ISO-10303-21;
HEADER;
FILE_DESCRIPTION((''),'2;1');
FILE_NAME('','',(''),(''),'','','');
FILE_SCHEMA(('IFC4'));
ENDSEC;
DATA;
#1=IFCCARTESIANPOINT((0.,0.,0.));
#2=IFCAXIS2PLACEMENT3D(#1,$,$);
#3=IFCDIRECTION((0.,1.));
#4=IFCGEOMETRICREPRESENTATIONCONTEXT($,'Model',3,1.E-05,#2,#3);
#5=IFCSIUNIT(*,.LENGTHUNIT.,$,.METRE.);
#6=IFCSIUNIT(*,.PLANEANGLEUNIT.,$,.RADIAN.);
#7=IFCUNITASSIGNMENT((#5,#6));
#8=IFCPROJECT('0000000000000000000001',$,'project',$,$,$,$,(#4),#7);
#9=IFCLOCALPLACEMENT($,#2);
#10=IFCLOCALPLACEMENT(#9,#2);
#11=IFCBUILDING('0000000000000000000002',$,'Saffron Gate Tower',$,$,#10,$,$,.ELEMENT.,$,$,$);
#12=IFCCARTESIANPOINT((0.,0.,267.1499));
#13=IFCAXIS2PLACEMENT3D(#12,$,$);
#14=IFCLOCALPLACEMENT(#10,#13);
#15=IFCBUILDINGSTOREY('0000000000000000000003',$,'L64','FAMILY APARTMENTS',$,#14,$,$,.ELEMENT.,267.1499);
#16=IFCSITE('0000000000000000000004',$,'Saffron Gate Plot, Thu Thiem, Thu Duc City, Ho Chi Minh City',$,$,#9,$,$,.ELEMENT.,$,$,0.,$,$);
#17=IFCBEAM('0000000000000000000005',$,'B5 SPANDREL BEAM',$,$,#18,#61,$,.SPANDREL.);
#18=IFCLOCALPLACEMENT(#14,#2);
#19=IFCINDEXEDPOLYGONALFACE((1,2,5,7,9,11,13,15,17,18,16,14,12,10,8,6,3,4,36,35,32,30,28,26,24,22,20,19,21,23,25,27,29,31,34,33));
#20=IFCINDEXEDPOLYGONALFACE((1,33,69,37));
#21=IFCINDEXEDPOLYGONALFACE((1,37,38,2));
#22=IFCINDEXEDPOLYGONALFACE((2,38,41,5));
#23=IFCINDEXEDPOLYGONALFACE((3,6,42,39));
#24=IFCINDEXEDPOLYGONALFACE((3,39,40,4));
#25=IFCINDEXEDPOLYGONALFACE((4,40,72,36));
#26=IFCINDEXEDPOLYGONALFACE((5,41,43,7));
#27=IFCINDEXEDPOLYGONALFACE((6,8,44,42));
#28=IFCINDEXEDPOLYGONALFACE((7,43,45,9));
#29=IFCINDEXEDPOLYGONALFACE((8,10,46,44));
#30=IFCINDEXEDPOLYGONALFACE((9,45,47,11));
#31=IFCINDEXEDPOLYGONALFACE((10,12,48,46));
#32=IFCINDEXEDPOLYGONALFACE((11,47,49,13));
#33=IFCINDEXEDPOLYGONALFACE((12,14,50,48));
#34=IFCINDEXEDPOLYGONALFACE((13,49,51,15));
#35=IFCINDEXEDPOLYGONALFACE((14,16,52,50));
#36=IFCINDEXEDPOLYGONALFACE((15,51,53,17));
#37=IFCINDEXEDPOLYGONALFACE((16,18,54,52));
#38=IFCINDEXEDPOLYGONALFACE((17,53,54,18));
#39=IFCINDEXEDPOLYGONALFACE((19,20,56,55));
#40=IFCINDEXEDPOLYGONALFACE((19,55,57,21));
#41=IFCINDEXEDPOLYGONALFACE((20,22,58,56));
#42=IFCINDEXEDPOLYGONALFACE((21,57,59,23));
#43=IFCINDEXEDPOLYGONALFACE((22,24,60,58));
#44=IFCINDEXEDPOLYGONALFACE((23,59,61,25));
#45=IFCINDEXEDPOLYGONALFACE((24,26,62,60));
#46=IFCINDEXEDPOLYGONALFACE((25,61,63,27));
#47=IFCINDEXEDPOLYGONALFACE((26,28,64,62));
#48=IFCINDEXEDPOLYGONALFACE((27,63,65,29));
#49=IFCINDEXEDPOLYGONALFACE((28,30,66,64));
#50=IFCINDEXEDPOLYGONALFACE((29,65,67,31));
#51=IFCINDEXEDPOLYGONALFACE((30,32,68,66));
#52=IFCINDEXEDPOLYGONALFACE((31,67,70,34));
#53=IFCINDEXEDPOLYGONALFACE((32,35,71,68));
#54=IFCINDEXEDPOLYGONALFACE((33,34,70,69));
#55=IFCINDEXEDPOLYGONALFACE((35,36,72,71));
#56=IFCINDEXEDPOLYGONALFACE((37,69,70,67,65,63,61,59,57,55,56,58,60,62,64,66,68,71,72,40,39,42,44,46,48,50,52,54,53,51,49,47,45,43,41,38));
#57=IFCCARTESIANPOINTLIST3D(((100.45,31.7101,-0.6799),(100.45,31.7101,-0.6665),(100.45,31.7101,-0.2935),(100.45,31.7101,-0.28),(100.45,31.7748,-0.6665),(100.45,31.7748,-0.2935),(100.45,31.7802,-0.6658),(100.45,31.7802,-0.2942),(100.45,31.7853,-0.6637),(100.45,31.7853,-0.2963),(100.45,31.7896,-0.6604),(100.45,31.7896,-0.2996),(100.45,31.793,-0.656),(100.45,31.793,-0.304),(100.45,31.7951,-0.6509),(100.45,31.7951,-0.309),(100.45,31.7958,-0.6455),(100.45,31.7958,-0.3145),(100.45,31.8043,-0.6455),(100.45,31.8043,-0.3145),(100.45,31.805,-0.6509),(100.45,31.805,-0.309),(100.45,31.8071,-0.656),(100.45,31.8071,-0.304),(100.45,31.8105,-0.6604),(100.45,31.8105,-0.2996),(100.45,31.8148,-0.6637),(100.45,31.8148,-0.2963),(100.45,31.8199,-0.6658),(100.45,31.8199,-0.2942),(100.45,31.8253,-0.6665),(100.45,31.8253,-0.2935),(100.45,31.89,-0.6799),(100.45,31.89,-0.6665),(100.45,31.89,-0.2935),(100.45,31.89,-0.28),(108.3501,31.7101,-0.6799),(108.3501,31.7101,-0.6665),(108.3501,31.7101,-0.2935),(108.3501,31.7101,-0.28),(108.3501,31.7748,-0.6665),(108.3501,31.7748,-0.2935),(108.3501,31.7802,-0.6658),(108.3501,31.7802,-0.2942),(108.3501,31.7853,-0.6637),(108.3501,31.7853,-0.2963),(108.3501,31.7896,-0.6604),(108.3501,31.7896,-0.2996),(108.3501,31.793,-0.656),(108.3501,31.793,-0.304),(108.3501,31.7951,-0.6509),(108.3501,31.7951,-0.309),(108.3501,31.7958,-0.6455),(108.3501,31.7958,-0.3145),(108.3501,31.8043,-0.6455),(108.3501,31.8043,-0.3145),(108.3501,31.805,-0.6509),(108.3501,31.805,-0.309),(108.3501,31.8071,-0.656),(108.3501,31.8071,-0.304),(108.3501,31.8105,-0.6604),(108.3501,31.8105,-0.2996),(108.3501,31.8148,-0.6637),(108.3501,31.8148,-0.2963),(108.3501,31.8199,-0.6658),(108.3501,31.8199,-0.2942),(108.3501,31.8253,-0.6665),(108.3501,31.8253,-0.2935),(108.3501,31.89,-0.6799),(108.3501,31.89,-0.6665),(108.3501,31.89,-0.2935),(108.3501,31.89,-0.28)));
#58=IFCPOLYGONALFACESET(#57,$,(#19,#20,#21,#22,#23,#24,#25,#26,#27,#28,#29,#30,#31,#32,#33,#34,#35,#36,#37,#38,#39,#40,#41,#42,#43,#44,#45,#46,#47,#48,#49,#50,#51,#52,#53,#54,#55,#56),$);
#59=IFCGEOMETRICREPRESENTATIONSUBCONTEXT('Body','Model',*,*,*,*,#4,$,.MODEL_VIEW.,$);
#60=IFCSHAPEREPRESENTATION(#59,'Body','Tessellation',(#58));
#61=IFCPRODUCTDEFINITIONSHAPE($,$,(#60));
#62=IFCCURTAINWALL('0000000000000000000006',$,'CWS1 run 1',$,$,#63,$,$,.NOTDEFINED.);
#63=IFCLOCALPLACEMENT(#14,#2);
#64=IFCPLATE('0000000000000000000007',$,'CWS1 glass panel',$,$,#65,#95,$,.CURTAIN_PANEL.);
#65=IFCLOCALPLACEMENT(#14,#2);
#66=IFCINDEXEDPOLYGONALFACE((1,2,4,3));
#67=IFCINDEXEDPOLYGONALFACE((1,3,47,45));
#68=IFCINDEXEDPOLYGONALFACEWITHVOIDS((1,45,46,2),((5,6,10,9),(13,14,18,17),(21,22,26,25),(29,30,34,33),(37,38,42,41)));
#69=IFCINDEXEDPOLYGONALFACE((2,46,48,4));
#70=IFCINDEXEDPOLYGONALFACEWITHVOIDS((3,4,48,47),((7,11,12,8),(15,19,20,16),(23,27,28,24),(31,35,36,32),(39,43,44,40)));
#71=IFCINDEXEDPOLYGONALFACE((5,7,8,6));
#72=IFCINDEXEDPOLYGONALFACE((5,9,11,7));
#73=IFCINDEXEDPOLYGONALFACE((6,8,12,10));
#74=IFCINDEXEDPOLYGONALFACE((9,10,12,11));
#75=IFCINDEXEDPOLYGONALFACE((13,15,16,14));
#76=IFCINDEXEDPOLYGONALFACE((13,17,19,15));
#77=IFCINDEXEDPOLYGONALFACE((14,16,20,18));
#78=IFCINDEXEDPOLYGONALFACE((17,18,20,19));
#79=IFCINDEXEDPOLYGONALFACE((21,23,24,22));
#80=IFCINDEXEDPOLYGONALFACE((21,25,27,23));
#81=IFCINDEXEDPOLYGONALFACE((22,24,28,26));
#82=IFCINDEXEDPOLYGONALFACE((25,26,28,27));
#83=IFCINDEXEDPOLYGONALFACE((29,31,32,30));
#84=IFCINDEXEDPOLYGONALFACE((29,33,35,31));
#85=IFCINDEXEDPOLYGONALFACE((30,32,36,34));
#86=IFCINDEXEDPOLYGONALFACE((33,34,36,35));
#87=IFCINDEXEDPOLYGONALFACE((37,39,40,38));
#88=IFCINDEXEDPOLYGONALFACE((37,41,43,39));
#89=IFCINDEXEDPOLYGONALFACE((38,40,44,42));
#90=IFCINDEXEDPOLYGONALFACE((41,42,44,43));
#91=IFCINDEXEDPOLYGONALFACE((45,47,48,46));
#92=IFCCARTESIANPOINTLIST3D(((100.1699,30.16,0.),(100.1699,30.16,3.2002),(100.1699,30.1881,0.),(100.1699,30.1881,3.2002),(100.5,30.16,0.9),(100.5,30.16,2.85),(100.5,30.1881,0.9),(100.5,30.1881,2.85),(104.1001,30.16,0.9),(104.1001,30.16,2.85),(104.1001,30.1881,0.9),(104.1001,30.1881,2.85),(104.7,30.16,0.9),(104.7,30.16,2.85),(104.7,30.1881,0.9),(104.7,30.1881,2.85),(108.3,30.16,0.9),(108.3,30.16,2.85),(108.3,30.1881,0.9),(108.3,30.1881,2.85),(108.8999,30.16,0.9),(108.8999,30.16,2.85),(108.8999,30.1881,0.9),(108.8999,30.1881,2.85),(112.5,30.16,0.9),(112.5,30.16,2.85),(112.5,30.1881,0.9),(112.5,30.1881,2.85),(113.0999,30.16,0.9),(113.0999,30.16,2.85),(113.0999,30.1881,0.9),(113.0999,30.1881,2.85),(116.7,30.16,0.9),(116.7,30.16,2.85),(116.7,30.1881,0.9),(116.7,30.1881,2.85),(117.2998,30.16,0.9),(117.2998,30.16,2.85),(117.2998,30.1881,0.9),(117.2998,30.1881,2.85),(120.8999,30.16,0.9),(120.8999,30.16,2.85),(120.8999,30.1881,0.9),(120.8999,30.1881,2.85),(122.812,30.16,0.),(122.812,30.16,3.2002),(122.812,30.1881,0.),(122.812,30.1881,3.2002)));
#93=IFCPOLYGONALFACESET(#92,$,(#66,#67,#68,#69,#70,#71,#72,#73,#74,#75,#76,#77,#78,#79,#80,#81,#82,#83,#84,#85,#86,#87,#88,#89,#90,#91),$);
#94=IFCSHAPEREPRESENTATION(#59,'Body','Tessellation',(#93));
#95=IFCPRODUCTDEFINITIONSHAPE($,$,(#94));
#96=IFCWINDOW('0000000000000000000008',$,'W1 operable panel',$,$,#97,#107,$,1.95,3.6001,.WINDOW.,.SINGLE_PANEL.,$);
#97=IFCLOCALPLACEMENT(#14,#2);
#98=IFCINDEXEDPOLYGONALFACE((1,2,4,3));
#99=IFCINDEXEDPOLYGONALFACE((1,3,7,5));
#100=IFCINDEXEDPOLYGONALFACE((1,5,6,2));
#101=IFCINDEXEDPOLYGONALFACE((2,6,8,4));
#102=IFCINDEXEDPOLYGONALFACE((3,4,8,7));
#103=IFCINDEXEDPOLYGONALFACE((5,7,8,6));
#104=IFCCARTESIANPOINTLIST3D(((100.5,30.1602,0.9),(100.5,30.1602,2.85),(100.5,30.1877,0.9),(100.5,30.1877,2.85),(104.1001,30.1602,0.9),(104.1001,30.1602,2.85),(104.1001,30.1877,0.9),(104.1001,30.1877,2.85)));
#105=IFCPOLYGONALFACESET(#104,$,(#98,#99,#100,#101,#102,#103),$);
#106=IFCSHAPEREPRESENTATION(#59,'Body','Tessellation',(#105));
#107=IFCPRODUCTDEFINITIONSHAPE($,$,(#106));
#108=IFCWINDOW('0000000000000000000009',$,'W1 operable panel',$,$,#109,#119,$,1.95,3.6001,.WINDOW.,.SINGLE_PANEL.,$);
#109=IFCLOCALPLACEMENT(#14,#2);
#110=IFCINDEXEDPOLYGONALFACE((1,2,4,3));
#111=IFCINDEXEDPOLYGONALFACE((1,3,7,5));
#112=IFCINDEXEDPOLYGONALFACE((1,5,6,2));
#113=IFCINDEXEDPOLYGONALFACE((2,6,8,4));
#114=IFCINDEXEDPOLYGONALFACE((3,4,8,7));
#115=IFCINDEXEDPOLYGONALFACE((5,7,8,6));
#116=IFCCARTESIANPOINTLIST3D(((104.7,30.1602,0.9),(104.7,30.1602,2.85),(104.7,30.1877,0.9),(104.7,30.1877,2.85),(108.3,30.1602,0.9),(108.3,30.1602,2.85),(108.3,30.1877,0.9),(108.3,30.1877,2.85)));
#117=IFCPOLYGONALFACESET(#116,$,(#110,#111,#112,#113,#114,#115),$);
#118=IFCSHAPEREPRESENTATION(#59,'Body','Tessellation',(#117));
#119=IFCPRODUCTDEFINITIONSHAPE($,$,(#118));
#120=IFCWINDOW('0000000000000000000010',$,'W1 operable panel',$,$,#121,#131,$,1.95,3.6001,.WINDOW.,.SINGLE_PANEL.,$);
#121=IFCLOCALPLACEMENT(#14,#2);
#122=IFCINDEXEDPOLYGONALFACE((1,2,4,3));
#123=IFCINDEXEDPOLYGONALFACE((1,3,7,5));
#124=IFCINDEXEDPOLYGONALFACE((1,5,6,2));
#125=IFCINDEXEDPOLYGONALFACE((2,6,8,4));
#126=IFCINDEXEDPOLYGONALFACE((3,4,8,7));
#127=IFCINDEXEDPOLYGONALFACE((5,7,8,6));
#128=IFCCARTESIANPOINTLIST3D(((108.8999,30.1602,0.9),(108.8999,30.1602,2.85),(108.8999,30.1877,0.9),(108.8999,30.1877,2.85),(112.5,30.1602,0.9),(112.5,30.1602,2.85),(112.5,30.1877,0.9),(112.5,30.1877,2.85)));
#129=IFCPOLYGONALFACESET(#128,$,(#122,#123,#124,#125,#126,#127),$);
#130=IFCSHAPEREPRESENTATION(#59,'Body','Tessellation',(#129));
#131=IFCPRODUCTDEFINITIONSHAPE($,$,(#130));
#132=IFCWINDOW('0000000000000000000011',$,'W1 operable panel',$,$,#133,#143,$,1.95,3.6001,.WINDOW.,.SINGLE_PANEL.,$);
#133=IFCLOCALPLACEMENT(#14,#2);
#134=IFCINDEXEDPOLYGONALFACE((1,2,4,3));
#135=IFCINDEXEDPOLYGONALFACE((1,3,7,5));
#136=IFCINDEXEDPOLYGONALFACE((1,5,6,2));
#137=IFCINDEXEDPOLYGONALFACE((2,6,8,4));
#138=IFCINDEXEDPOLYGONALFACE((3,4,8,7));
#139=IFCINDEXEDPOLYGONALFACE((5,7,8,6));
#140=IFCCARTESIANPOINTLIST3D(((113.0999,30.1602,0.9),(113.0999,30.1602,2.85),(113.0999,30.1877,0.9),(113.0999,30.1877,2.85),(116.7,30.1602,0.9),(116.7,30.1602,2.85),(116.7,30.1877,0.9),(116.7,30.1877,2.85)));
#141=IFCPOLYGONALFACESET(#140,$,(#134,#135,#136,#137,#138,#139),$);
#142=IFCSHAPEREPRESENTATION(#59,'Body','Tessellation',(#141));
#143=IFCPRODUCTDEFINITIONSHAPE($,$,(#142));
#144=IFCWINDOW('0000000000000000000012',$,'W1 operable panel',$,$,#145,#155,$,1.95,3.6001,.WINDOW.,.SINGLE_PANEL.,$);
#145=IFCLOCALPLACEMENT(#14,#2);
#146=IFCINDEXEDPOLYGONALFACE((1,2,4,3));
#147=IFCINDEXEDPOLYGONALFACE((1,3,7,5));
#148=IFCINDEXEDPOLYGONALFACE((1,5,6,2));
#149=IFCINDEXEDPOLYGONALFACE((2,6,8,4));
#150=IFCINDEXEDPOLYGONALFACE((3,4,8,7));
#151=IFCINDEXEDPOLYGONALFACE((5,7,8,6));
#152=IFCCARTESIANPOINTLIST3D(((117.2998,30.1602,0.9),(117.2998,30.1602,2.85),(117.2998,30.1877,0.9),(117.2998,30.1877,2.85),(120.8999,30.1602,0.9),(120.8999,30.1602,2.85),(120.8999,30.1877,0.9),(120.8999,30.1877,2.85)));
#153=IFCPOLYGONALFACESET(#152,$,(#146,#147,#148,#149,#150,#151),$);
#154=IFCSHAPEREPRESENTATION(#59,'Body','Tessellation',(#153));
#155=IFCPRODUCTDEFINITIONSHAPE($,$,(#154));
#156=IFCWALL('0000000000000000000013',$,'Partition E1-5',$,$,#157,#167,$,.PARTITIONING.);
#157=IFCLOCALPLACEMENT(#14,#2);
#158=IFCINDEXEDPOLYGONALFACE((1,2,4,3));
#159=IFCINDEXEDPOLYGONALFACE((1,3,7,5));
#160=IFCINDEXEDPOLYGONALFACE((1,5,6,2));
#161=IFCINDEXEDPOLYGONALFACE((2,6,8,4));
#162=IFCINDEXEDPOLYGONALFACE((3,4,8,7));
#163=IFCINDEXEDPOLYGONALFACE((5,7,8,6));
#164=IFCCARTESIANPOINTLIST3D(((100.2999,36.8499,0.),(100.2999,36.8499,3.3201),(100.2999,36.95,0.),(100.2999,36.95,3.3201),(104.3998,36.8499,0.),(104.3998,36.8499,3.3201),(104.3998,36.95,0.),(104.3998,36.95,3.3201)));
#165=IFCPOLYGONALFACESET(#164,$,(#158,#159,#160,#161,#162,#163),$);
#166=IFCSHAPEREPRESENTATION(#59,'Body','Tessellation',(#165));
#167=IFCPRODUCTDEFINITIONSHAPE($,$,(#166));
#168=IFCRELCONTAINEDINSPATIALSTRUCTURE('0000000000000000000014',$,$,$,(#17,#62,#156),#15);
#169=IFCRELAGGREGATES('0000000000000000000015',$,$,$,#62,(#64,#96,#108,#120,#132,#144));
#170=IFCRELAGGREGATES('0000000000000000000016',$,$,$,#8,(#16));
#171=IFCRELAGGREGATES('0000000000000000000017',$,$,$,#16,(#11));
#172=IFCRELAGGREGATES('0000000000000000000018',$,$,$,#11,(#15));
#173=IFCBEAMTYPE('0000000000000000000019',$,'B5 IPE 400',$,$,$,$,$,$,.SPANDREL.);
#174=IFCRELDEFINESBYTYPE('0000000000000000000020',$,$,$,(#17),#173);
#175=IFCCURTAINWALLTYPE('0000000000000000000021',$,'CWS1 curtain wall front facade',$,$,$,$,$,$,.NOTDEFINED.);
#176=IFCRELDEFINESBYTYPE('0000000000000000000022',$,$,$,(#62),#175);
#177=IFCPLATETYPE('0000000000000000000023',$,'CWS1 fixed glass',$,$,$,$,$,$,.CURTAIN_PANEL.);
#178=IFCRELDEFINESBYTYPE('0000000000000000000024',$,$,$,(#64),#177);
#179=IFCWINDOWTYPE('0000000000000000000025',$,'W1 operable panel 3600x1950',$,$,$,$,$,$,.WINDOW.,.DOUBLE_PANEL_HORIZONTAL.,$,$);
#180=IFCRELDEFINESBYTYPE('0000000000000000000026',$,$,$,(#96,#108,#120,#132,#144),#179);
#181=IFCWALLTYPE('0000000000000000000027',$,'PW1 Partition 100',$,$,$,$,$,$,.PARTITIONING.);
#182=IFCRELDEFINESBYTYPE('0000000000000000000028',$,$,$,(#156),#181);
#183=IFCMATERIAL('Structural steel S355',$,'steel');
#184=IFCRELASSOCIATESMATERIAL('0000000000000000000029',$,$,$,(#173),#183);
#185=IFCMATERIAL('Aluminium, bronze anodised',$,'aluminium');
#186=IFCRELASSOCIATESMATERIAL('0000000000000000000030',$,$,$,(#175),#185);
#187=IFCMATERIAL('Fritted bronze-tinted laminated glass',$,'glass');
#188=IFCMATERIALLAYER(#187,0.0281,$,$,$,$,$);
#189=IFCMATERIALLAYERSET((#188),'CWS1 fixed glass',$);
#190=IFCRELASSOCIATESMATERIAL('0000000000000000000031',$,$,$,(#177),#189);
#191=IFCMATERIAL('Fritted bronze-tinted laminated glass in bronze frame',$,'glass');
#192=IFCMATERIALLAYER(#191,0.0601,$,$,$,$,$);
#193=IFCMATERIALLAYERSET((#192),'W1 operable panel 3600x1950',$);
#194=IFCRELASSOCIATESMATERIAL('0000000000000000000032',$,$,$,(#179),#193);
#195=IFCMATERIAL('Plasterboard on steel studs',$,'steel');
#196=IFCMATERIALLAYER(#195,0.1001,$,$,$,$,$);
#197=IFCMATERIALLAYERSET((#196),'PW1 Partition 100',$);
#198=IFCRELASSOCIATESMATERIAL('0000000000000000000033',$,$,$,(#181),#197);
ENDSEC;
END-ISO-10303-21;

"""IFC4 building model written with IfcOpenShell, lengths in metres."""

from ifc_helpers import new_model, si_unit, direction, frame, frame_2d, origin, origin_2d, place, context, subcontext, project, spatial, rectangle, i_section, extrude, material, layer, layer_set, material_profile, profile_set, type_object, element, fill, aggregate, save


model = new_model("IFC4")

# Units and contexts
model_context = context("Model", 3, precision=1e-05, world=origin(), true_north=direction((0.0, 1.0)))
body_context = subcontext(model_context, "Body", "Model", "MODEL_VIEW")
ifc_project = project(units=[si_unit("LENGTHUNIT", "METRE"), si_unit("PLANEANGLEUNIT", "RADIAN")], contexts=[model_context])

# Site, building, storey
site_placement = place(None, origin())
site = spatial("IfcSite", under=ifc_project, at=site_placement, Name="Saffron Gate Plot, Thu Thiem, Thu Duc City, Ho Chi Minh City", CompositionType="ELEMENT", RefElevation=0.0)
building_placement = place(site_placement, origin())
building = spatial("IfcBuilding", under=site, at=building_placement, Name="Saffron Gate Tower", CompositionType="ELEMENT")
storey_placement = place(building_placement, frame((0.0, 0.0, 267.1499)))
storey = spatial("IfcBuildingStorey", under=building, at=storey_placement, Name="L64", Description="FAMILY APARTMENTS", CompositionType="ELEMENT", Elevation=267.1499)

# Beam
ifc_material_1 = material(Name="Structural steel S355", Category="steel")
ifc_material_profile_1 = material_profile(ifc_material_1, i_section(OverallWidth=0.1799, OverallDepth=0.3999, WebThickness=0.0085, FlangeThickness=0.0134, FilletRadius=0.021, at=origin_2d()))
ifc_profile_set_1 = profile_set([ifc_material_profile_1], Name="Structural steel S355")
beam_type_1 = type_object("IfcBeamType", Name="B5 IPE 400", PredefinedType="SPANDREL", material=ifc_profile_set_1)
beam_1_placement = place(storey_placement, frame((100.45, 31.8, -0.48), z_axis=(1.0, 0.0, 0.0), x_axis=(0.0, 1.0, 0.0)))
element("IfcBeam", 1, at=beam_1_placement, inside=storey, type_object=beam_type_1, Name="B5 SPANDREL BEAM", PredefinedType="SPANDREL", context=body_context, shape_type="SweptSolid", body=[
    extrude(i_section(OverallWidth=0.1799, OverallDepth=0.3999, WebThickness=0.0085, FlangeThickness=0.0134, FilletRadius=0.021, at=origin_2d()), origin(), (0.0, 0.0, 1.0), 7.9001),
])

# Curtain wall, plate, openings, windows
ifc_material_2 = material(Name="Aluminium, bronze anodised", Category="aluminium")
curtain_wall_type = type_object("IfcCurtainWallType", Name="CWS1 curtain wall front facade", PredefinedType="NOTDEFINED", material=ifc_material_2)
curtain_wall_placement = place(storey_placement, origin())
curtain_wall = element("IfcCurtainWall", 2, at=curtain_wall_placement, inside=storey, type_object=curtain_wall_type, Name="CWS1 run 1", PredefinedType="NOTDEFINED")
ifc_material_3 = material(Name="Fritted bronze-tinted laminated glass", Category="glass")
ifc_layer_1 = layer(ifc_material_3, 0.0281)
ifc_layer_set_1 = layer_set([ifc_layer_1], Name="CWS1 fixed glass")
plate_type = type_object("IfcPlateType", Name="CWS1 fixed glass", PredefinedType="CURTAIN_PANEL", material=ifc_layer_set_1)
plate_placement = place(storey_placement, frame((100.1699, 30.1741, 0.0), z_axis=(0.0, 0.0, 1.0), x_axis=(1.0, 0.0, 0.0)))
plate = element("IfcPlate", 3, at=plate_placement, type_object=plate_type, Name="CWS1 glass panel", PredefinedType="CURTAIN_PANEL", context=body_context, shape_type="SweptSolid", body=[
    extrude(rectangle(XDim=22.6421, YDim=0.0281, at=frame_2d((11.321, 0.0))), origin(), (0.0, 0.0, 1.0), 3.2002),
])
opening_1_placement = place(plate_placement, frame((0.3301, 0.0, 0.8999)))
opening_1 = element("IfcOpeningElement", 4, at=opening_1_placement, cuts=plate, PredefinedType="OPENING", context=body_context, shape_type="SweptSolid", body=[
    extrude(rectangle(XDim=3.6001, YDim=1.95, at=frame_2d((1.8, 0.9751))), frame((0.0, 0.0239, 0.0), z_axis=(0.0, -1.0, 0.0), x_axis=(1.0, 0.0, 0.0)), (0.0, 0.0, 1.0), 0.0481),
])
opening_2_placement = place(plate_placement, frame((4.53, 0.0, 0.8999)))
opening_2 = element("IfcOpeningElement", 5, at=opening_2_placement, cuts=plate, PredefinedType="OPENING", context=body_context, shape_type="SweptSolid", body=[
    extrude(rectangle(XDim=3.6001, YDim=1.95, at=frame_2d((1.8, 0.9751))), frame((0.0, 0.0239, 0.0), z_axis=(0.0, -1.0, 0.0), x_axis=(1.0, 0.0, 0.0)), (0.0, 0.0, 1.0), 0.0481),
])
opening_3_placement = place(plate_placement, frame((8.73, 0.0, 0.8999)))
opening_3 = element("IfcOpeningElement", 6, at=opening_3_placement, cuts=plate, PredefinedType="OPENING", context=body_context, shape_type="SweptSolid", body=[
    extrude(rectangle(XDim=3.6001, YDim=1.95, at=frame_2d((1.8, 0.9751))), frame((0.0, 0.0239, 0.0), z_axis=(0.0, -1.0, 0.0), x_axis=(1.0, 0.0, 0.0)), (0.0, 0.0, 1.0), 0.0481),
])
opening_4_placement = place(plate_placement, frame((12.9299, 0.0, 0.8999)))
opening_4 = element("IfcOpeningElement", 7, at=opening_4_placement, cuts=plate, PredefinedType="OPENING", context=body_context, shape_type="SweptSolid", body=[
    extrude(rectangle(XDim=3.6001, YDim=1.95, at=frame_2d((1.8, 0.9751))), frame((0.0, 0.0239, 0.0), z_axis=(0.0, -1.0, 0.0), x_axis=(1.0, 0.0, 0.0)), (0.0, 0.0, 1.0), 0.0481),
])
opening_5_placement = place(plate_placement, frame((17.1299, 0.0, 0.8999)))
opening_5 = element("IfcOpeningElement", 8, at=opening_5_placement, cuts=plate, PredefinedType="OPENING", context=body_context, shape_type="SweptSolid", body=[
    extrude(rectangle(XDim=3.6001, YDim=1.95, at=frame_2d((1.8, 0.9751))), frame((0.0, 0.0239, 0.0), z_axis=(0.0, -1.0, 0.0), x_axis=(1.0, 0.0, 0.0)), (0.0, 0.0, 1.0), 0.0481),
])
ifc_material_4 = material(Name="Fritted bronze-tinted laminated glass in bronze frame", Category="glass")
ifc_layer_2 = layer(ifc_material_4, 0.0601)
ifc_layer_set_2 = layer_set([ifc_layer_2], Name="W1 operable panel 3600x1950")
window_type = type_object("IfcWindowType", Name="W1 operable panel 3600x1950", PartitioningType="DOUBLE_PANEL_HORIZONTAL", PredefinedType="WINDOW", material=ifc_layer_set_2)
window_1_placement = place(opening_1_placement, origin())
window_1 = element("IfcWindow", 9, at=window_1_placement, type_object=window_type, Name="W1 operable panel", OverallHeight=1.95, OverallWidth=3.6001, PartitioningType="SINGLE_PANEL", PredefinedType="WINDOW", context=body_context, shape_type="SweptSolid", body=[
    extrude(rectangle(XDim=3.6001, YDim=1.95, at=frame_2d((1.8, 0.9751))), frame((0.0, 0.0137, 0.0), z_axis=(0.0, -1.0, 0.0), x_axis=(1.0, 0.0, 0.0)), (0.0, 0.0, 1.0), 0.0276),
])
fill(opening_1, window_1)
window_2_placement = place(opening_2_placement, origin())
window_2 = element("IfcWindow", 10, at=window_2_placement, type_object=window_type, Name="W1 operable panel", OverallHeight=1.95, OverallWidth=3.6001, PartitioningType="SINGLE_PANEL", PredefinedType="WINDOW", context=body_context, shape_type="SweptSolid", body=[
    extrude(rectangle(XDim=3.6001, YDim=1.95, at=frame_2d((1.8, 0.9751))), frame((0.0, 0.0137, 0.0), z_axis=(0.0, -1.0, 0.0), x_axis=(1.0, 0.0, 0.0)), (0.0, 0.0, 1.0), 0.0276),
])
fill(opening_2, window_2)
window_3_placement = place(opening_3_placement, origin())
window_3 = element("IfcWindow", 11, at=window_3_placement, type_object=window_type, Name="W1 operable panel", OverallHeight=1.95, OverallWidth=3.6001, PartitioningType="SINGLE_PANEL", PredefinedType="WINDOW", context=body_context, shape_type="SweptSolid", body=[
    extrude(rectangle(XDim=3.6001, YDim=1.95, at=frame_2d((1.8, 0.9751))), frame((0.0, 0.0137, 0.0), z_axis=(0.0, -1.0, 0.0), x_axis=(1.0, 0.0, 0.0)), (0.0, 0.0, 1.0), 0.0276),
])
fill(opening_3, window_3)
window_4_placement = place(opening_4_placement, origin())
window_4 = element("IfcWindow", 12, at=window_4_placement, type_object=window_type, Name="W1 operable panel", OverallHeight=1.95, OverallWidth=3.6001, PartitioningType="SINGLE_PANEL", PredefinedType="WINDOW", context=body_context, shape_type="SweptSolid", body=[
    extrude(rectangle(XDim=3.6001, YDim=1.95, at=frame_2d((1.8, 0.9751))), frame((0.0, 0.0137, 0.0), z_axis=(0.0, -1.0, 0.0), x_axis=(1.0, 0.0, 0.0)), (0.0, 0.0, 1.0), 0.0276),
])
fill(opening_4, window_4)
window_5_placement = place(opening_5_placement, origin())
window_5 = element("IfcWindow", 13, at=window_5_placement, type_object=window_type, Name="W1 operable panel", OverallHeight=1.95, OverallWidth=3.6001, PartitioningType="SINGLE_PANEL", PredefinedType="WINDOW", context=body_context, shape_type="SweptSolid", body=[
    extrude(rectangle(XDim=3.6001, YDim=1.95, at=frame_2d((1.8, 0.9751))), frame((0.0, 0.0137, 0.0), z_axis=(0.0, -1.0, 0.0), x_axis=(1.0, 0.0, 0.0)), (0.0, 0.0, 1.0), 0.0276),
])
fill(opening_5, window_5)
aggregate(curtain_wall, [plate, window_1, window_2, window_3, window_4, window_5])

# Wall
ifc_material_5 = material(Name="Plasterboard on steel studs", Category="steel")
ifc_layer_3 = layer(ifc_material_5, 0.1001)
ifc_layer_set_3 = layer_set([ifc_layer_3], Name="PW1 Partition 100")
wall_type_1 = type_object("IfcWallType", Name="PW1 Partition 100", PredefinedType="PARTITIONING", material=ifc_layer_set_3)
wall_1_placement = place(storey_placement, frame((100.3, 36.8999, 0.0), z_axis=(0.0, 0.0, 1.0), x_axis=(1.0, 0.0, 0.0)))
element("IfcWall", 14, at=wall_1_placement, inside=storey, type_object=wall_type_1, Name="Partition E1-5", PredefinedType="PARTITIONING", context=body_context, shape_type="SweptSolid", body=[
    extrude(rectangle(XDim=4.0999, YDim=0.1001, at=frame_2d((2.0498, 0.0))), origin(), (0.0, 0.0, 1.0), 3.3201),
])

save(model, "model.ifc")
